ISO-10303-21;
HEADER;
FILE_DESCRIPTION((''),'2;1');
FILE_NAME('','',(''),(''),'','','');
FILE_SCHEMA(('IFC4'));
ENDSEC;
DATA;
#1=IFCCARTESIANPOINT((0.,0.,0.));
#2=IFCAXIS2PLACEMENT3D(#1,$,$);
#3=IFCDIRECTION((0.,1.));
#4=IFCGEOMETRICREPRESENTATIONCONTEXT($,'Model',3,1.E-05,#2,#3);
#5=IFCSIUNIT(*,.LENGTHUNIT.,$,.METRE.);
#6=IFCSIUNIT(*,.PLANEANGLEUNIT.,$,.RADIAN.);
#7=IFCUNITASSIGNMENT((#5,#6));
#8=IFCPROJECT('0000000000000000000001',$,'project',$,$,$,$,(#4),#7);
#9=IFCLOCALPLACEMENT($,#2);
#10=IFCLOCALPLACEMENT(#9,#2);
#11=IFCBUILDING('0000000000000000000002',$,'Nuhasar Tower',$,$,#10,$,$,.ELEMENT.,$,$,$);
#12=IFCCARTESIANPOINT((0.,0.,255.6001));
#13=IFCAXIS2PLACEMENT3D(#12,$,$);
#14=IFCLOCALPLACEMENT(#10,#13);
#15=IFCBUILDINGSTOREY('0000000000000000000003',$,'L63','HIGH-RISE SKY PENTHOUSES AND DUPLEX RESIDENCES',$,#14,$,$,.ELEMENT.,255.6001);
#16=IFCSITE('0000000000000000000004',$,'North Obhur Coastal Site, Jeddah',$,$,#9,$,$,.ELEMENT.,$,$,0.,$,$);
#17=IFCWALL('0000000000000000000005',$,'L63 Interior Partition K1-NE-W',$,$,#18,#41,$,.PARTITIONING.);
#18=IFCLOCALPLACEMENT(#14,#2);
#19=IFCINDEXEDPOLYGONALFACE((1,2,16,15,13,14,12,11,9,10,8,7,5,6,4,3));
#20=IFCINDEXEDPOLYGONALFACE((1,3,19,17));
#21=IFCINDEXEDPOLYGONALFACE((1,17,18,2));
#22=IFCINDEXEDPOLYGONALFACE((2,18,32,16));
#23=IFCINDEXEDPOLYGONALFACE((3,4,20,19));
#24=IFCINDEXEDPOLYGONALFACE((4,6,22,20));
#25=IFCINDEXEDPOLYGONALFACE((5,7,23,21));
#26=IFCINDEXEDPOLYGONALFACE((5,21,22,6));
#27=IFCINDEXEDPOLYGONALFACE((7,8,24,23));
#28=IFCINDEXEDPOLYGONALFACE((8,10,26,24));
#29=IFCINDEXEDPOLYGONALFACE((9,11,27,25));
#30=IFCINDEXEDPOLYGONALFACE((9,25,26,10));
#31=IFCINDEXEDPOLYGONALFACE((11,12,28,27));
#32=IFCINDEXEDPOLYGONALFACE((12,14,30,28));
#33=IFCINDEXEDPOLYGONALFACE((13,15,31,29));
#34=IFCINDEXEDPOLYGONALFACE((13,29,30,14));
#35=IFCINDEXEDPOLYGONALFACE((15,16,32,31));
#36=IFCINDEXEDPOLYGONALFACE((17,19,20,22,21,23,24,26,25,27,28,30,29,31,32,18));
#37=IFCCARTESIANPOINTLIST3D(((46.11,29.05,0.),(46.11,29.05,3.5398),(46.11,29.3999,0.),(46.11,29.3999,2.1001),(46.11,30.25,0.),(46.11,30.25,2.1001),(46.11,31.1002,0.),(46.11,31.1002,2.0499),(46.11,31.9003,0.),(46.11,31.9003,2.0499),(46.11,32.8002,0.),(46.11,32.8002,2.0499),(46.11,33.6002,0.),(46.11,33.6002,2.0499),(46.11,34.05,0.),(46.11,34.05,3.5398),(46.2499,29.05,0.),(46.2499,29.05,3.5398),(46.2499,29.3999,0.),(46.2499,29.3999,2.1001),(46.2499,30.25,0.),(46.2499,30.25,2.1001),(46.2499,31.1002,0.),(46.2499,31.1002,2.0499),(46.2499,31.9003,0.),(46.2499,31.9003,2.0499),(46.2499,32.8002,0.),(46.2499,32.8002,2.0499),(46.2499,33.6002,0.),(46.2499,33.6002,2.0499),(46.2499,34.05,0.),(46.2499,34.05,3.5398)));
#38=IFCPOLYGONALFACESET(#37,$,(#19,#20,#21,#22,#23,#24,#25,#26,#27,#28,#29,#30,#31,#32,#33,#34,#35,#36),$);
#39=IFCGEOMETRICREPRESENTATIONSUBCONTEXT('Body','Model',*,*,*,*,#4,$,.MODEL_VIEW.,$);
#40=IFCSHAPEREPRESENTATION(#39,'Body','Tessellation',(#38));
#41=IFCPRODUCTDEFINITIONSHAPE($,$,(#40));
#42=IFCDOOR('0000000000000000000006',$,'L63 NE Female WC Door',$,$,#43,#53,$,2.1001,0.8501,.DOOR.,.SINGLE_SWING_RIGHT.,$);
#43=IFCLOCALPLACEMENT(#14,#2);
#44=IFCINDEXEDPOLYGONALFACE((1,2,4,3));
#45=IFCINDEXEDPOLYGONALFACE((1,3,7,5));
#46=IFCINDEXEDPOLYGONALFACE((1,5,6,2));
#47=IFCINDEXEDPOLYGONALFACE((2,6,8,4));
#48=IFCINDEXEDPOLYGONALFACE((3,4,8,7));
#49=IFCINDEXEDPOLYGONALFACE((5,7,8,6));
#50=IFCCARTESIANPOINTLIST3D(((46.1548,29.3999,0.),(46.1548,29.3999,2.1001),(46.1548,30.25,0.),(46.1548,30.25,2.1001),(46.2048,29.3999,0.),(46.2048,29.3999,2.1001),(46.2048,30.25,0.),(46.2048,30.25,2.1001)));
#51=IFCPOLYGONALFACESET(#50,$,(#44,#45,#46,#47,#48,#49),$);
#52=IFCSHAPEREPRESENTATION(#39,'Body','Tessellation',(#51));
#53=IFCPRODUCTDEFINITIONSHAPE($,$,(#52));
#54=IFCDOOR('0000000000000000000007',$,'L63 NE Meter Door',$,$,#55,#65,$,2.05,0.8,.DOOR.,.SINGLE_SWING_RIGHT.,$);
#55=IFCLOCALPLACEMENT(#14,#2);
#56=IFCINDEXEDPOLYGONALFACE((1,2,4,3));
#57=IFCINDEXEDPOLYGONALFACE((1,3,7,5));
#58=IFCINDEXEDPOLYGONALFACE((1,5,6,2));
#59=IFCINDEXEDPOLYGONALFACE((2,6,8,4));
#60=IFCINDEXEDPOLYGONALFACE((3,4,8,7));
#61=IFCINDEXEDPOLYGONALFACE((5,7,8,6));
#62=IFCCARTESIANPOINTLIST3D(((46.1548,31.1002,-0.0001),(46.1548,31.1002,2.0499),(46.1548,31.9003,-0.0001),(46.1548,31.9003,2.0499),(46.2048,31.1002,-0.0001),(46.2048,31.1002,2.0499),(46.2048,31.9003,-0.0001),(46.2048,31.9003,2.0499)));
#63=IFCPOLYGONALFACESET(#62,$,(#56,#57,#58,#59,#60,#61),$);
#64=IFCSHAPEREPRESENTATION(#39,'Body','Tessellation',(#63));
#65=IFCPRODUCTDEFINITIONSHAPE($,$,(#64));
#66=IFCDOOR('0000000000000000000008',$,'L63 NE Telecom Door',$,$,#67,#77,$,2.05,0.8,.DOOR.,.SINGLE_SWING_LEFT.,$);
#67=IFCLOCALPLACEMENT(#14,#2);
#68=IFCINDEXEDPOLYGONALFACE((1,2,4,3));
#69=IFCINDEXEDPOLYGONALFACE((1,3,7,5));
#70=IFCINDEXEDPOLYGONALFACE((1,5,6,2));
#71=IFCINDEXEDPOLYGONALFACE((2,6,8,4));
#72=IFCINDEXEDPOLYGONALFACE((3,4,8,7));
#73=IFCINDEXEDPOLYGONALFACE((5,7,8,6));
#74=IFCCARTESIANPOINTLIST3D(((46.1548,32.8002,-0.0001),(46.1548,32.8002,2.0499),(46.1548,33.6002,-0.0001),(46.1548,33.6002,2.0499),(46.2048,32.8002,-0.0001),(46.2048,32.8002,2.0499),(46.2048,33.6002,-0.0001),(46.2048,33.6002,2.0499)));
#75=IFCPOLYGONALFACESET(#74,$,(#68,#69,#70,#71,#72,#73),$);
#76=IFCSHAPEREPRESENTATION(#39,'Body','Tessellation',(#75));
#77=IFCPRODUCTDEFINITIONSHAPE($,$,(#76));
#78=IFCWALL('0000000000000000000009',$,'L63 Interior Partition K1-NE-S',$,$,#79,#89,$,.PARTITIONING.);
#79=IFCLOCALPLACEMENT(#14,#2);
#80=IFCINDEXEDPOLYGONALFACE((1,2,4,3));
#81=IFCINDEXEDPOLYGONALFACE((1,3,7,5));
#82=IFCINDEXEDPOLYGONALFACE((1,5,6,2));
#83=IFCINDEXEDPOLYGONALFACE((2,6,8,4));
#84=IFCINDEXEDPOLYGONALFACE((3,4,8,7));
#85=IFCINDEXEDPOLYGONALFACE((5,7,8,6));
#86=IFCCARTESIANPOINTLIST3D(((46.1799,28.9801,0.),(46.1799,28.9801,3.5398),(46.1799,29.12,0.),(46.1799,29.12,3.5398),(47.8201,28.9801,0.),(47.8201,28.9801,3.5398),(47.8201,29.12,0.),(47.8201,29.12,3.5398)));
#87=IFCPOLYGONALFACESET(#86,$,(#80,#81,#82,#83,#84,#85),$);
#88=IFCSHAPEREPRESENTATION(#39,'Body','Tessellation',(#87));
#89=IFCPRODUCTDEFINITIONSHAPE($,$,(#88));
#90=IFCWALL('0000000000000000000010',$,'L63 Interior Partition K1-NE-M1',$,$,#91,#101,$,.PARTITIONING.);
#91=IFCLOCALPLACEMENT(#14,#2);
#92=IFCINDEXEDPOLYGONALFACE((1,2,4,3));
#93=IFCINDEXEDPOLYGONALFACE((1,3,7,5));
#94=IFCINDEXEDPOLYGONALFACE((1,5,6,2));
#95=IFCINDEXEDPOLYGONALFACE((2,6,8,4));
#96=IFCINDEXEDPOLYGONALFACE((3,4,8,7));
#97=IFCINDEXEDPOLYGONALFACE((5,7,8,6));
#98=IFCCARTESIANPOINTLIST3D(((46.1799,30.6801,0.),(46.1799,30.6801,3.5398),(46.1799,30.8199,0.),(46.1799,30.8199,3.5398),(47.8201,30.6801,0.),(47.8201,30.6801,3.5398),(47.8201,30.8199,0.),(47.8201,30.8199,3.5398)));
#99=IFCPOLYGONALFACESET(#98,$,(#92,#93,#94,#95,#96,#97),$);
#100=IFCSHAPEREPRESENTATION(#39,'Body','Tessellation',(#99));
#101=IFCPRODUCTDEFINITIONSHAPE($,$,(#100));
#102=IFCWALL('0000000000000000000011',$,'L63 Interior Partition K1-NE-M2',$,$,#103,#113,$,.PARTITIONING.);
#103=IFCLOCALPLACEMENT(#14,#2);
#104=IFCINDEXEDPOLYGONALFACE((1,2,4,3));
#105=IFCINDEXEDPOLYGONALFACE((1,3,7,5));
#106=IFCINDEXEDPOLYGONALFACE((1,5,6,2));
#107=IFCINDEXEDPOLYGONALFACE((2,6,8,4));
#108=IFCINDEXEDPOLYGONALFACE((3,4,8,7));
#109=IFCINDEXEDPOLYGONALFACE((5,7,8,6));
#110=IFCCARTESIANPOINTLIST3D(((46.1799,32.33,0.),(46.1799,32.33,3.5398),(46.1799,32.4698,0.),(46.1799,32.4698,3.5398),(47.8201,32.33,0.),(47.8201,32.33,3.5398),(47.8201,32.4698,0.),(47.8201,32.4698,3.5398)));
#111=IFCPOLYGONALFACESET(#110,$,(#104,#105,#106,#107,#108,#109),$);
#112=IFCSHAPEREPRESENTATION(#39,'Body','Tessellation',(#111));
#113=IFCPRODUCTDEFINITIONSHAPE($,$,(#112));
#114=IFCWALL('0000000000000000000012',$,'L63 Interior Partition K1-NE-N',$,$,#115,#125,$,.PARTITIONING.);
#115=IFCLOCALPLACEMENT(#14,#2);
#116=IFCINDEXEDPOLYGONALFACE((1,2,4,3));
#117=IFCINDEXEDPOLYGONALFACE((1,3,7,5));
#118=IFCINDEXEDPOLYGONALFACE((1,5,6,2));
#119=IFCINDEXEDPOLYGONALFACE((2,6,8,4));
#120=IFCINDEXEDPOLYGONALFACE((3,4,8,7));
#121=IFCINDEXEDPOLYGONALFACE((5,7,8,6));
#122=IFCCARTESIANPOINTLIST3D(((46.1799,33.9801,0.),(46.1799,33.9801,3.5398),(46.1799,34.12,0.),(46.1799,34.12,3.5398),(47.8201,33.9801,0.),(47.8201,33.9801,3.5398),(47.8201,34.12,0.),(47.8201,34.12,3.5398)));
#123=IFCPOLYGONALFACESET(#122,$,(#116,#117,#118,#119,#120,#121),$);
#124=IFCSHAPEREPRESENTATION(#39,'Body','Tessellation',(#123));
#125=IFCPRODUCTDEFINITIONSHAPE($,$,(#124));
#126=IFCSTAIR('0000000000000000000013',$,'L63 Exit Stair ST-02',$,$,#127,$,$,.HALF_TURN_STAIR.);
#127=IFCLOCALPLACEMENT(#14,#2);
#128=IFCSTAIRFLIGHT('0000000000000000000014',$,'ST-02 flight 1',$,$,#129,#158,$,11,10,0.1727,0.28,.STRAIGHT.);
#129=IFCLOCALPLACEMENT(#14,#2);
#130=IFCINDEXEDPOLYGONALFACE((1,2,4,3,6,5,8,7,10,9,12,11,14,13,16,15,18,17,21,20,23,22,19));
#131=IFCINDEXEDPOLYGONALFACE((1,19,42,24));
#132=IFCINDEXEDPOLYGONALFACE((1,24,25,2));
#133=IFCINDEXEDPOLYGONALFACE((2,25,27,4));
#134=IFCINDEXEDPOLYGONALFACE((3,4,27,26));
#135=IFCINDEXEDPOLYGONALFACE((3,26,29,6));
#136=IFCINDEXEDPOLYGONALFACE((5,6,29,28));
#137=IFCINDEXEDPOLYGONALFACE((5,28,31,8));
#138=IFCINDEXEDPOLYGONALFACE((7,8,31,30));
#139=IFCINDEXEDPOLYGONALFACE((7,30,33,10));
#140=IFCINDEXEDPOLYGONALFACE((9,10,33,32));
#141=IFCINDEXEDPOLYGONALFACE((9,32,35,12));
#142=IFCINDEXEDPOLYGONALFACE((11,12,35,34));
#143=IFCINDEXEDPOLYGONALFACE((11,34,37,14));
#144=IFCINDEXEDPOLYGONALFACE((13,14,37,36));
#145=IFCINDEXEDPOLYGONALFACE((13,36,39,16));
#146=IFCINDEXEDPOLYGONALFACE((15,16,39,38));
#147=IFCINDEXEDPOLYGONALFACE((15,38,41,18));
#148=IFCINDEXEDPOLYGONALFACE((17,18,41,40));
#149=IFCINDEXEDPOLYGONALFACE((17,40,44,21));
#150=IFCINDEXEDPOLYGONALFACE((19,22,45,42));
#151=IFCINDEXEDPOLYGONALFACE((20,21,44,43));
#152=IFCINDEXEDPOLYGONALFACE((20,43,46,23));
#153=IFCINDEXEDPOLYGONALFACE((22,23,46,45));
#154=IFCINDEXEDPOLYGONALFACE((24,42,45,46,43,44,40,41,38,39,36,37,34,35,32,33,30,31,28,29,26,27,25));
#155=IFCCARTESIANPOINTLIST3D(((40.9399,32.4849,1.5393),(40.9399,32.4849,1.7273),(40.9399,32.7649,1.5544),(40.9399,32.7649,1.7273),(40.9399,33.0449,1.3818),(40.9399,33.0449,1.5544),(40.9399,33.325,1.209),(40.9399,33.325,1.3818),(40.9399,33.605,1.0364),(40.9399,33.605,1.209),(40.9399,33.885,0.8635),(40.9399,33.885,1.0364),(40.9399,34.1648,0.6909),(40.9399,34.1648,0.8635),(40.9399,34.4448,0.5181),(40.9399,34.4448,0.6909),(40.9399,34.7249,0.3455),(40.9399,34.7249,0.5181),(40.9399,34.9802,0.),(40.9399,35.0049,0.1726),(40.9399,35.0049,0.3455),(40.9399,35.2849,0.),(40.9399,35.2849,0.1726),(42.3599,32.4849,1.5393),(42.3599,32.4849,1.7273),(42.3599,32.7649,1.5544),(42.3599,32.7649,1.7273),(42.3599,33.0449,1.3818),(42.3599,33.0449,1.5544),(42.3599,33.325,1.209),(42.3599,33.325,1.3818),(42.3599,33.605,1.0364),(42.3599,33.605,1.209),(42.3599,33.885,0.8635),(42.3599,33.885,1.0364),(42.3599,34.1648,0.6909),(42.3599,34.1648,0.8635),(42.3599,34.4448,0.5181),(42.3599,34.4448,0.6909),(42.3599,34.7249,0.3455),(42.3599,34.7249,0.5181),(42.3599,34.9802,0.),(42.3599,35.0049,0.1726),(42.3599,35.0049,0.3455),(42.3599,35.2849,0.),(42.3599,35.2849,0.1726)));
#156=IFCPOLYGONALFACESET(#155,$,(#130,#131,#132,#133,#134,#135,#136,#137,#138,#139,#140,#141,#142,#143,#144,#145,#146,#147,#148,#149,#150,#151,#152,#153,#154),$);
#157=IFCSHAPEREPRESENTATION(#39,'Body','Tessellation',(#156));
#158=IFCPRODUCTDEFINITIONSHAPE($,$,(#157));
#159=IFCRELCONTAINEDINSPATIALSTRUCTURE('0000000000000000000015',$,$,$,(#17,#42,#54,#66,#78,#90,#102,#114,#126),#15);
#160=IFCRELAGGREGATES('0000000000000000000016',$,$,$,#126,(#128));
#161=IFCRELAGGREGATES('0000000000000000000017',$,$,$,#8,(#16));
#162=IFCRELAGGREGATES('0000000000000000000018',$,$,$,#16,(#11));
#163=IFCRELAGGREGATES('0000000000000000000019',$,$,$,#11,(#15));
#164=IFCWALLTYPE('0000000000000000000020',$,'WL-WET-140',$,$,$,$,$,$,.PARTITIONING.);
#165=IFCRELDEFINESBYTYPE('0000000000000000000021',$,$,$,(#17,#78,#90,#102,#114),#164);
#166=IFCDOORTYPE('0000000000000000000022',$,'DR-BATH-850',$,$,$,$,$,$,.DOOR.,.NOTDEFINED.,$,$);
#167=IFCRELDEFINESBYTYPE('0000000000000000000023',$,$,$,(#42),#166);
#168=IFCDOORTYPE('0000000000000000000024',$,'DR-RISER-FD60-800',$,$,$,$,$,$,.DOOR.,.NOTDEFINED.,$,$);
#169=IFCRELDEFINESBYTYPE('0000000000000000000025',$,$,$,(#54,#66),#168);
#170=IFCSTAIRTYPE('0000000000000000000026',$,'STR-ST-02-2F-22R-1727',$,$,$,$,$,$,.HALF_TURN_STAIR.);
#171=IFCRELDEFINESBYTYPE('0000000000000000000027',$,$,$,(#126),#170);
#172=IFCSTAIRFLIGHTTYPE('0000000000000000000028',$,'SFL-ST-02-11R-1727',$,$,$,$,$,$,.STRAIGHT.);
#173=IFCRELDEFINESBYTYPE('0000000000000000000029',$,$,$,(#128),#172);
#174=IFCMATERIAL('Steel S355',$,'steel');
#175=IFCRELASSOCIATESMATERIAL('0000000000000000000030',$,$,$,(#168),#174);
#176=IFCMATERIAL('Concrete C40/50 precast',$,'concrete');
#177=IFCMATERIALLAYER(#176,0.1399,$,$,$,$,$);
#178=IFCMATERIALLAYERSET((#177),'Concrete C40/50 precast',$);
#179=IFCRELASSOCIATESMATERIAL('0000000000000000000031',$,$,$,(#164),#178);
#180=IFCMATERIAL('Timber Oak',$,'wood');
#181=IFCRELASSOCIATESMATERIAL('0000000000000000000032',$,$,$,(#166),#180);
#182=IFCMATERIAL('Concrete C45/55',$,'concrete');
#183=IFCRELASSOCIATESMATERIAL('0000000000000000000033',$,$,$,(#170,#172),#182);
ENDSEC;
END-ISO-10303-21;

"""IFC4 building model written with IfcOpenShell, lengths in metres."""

from ifc_helpers import new_model, si_unit, direction, frame, frame_2d, origin, place, context, subcontext, project, spatial, polyline, rectangle, outline, extrude, material, layer, layer_set, type_object, element, fill, aggregate, save


model = new_model("IFC4")

# Units and contexts
model_context = context("Model", 3, precision=1e-05, world=origin(), true_north=direction((0.0, 1.0)))
body_context = subcontext(model_context, "Body", "Model", "MODEL_VIEW")
ifc_project = project(units=[si_unit("LENGTHUNIT", "METRE"), si_unit("PLANEANGLEUNIT", "RADIAN")], contexts=[model_context])

# Site, building, storey
site_placement = place(None, origin())
site = spatial("IfcSite", under=ifc_project, at=site_placement, Name="North Obhur Coastal Site, Jeddah", CompositionType="ELEMENT", RefElevation=0.0)
building_placement = place(site_placement, origin())
building = spatial("IfcBuilding", under=site, at=building_placement, Name="Nuhasar Tower", CompositionType="ELEMENT")
storey_placement = place(building_placement, frame((0.0, 0.0, 255.6001)))
storey = spatial("IfcBuildingStorey", under=building, at=storey_placement, Name="L63", Description="HIGH-RISE SKY PENTHOUSES AND DUPLEX RESIDENCES", CompositionType="ELEMENT", Elevation=255.6001)

# Shared definitions
ifc_material_1 = material(Name="Steel S355", Category="steel")

# Shared definitions
ifc_material_2 = material(Name="Concrete C45/55", Category="concrete")

# Shared definitions
door_type_1 = type_object("IfcDoorType", Name="DR-RISER-FD60-800", OperationType="NOTDEFINED", PredefinedType="DOOR", material=ifc_material_1)

# Shared definitions
ifc_material_3 = material(Name="Concrete C40/50 precast", Category="concrete")
ifc_layer_1 = layer(ifc_material_3, 0.1399)
ifc_layer_set_1 = layer_set([ifc_layer_1], Name="Concrete C40/50 precast")
wall_type_1 = type_object("IfcWallType", Name="WL-WET-140", PredefinedType="PARTITIONING", material=ifc_layer_set_1)

# Wall, openings, doors
wall_1_placement = place(storey_placement, frame((46.1799, 34.05, 0.0), z_axis=(0.0, 0.0, 1.0), x_axis=(0.0, -1.0, 0.0)))
wall_1 = element("IfcWall", 1, at=wall_1_placement, inside=storey, type_object=wall_type_1, Name="L63 Interior Partition K1-NE-W", PredefinedType="PARTITIONING", context=body_context, shape_type="SweptSolid", body=[
    extrude(rectangle(XDim=5.0, YDim=0.1399, at=frame_2d((2.5, 0.0))), origin(), (0.0, 0.0, 1.0), 3.5398),
])
opening_1_placement = place(wall_1_placement, frame((3.8, 0.0, 0.0)))
opening_1 = element("IfcOpeningElement", 2, at=opening_1_placement, cuts=wall_1, PredefinedType="OPENING", context=body_context, shape_type="SweptSolid", body=[
    extrude(rectangle(XDim=0.8501, YDim=2.1001, at=frame_2d((0.425, 1.05))), frame((0.0, 0.0801, 0.0), z_axis=(0.0, -1.0, 0.0), x_axis=(1.0, 0.0, 0.0)), (0.0, 0.0, 1.0), 0.1599),
])
opening_2_placement = place(wall_1_placement, frame((2.1499, 0.0, 0.0)))
opening_2 = element("IfcOpeningElement", 3, at=opening_2_placement, cuts=wall_1, PredefinedType="OPENING", context=body_context, shape_type="SweptSolid", body=[
    extrude(rectangle(XDim=0.8, YDim=2.05, at=frame_2d((0.3999, 1.0249))), frame((0.0, 0.0801, 0.0), z_axis=(0.0, -1.0, 0.0), x_axis=(1.0, 0.0, 0.0)), (0.0, 0.0, 1.0), 0.1599),
])
opening_3_placement = place(wall_1_placement, frame((0.45, 0.0, 0.0)))
opening_3 = element("IfcOpeningElement", 4, at=opening_3_placement, cuts=wall_1, PredefinedType="OPENING", context=body_context, shape_type="SweptSolid", body=[
    extrude(rectangle(XDim=0.8, YDim=2.05, at=frame_2d((0.3999, 1.0249))), frame((0.0, 0.0801, 0.0), z_axis=(0.0, -1.0, 0.0), x_axis=(1.0, 0.0, 0.0)), (0.0, 0.0, 1.0), 0.1599),
])
ifc_material_4 = material(Name="Timber Oak", Category="wood")
door_type_2 = type_object("IfcDoorType", Name="DR-BATH-850", OperationType="NOTDEFINED", PredefinedType="DOOR", material=ifc_material_4)
door_1_placement = place(opening_1_placement, origin())
door_1 = element("IfcDoor", 5, at=door_1_placement, inside=storey, type_object=door_type_2, Name="L63 NE Female WC Door", OperationType="SINGLE_SWING_RIGHT", OverallHeight=2.1001, OverallWidth=0.8501, PredefinedType="DOOR", context=body_context, shape_type="SweptSolid", body=[
    extrude(rectangle(XDim=0.8501, YDim=2.1001, at=frame_2d((0.425, 1.05))), frame((0.0, 0.0249, 0.0), z_axis=(0.0, -1.0, 0.0), x_axis=(1.0, 0.0, 0.0)), (0.0, 0.0, 1.0), 0.05),
])
fill(opening_1, door_1)
door_2_placement = place(opening_2_placement, origin())
door_2 = element("IfcDoor", 6, at=door_2_placement, inside=storey, type_object=door_type_1, Name="L63 NE Meter Door", OperationType="SINGLE_SWING_RIGHT", OverallHeight=2.05, OverallWidth=0.8, PredefinedType="DOOR", context=body_context, shape_type="SweptSolid", body=[
    extrude(rectangle(XDim=0.8, YDim=2.05, at=frame_2d((0.3999, 1.0249))), frame((0.0, 0.0249, 0.0), z_axis=(0.0, -1.0, 0.0), x_axis=(1.0, 0.0, 0.0)), (0.0, 0.0, 1.0), 0.05),
])
fill(opening_2, door_2)
door_3_placement = place(opening_3_placement, origin())
door_3 = element("IfcDoor", 7, at=door_3_placement, inside=storey, type_object=door_type_1, Name="L63 NE Telecom Door", OperationType="SINGLE_SWING_LEFT", OverallHeight=2.05, OverallWidth=0.8, PredefinedType="DOOR", context=body_context, shape_type="SweptSolid", body=[
    extrude(rectangle(XDim=0.8, YDim=2.05, at=frame_2d((0.3999, 1.0249))), frame((0.0, 0.0249, 0.0), z_axis=(0.0, -1.0, 0.0), x_axis=(1.0, 0.0, 0.0)), (0.0, 0.0, 1.0), 0.05),
])
fill(opening_3, door_3)

# Walls
for number, where, z_axis, x_axis, name in (
    (8, (46.1799, 29.05, 0.0), (0.0, 0.0, 1.0), (1.0, 0.0, 0.0), "L63 Interior Partition K1-NE-S"),
    (9, (46.1799, 30.75, 0.0), (0.0, 0.0, 1.0), (1.0, 0.0, 0.0), "L63 Interior Partition K1-NE-M1"),
    (10, (46.1799, 32.3999, 0.0), (0.0, 0.0, 1.0), (1.0, 0.0, 0.0), "L63 Interior Partition K1-NE-M2"),
    (11, (46.1799, 34.05, 0.0), (0.0, 0.0, 1.0), (1.0, 0.0, 0.0), "L63 Interior Partition K1-NE-N"),
):
    element("IfcWall", number, at=place(storey_placement, frame(where, z_axis=z_axis, x_axis=x_axis)), inside=storey, type_object=wall_type_1, Name=name, PredefinedType="PARTITIONING", context=body_context, shape_type="SweptSolid", body=[
        extrude(rectangle(XDim=1.6401, YDim=0.1399, at=frame_2d((0.8201, 0.0))), origin(), (0.0, 0.0, 1.0), 3.5398),
    ])

# Stair, stair flight
stair_type_1 = type_object("IfcStairType", Name="STR-ST-02-2F-22R-1727", PredefinedType="HALF_TURN_STAIR", material=ifc_material_2)
stair_1_placement = place(storey_placement, origin())
stair_1 = element("IfcStair", 12, at=stair_1_placement, inside=storey, type_object=stair_type_1, Name="L63 Exit Stair ST-02", PredefinedType="HALF_TURN_STAIR")
stair_flight_type_1 = type_object("IfcStairFlightType", Name="SFL-ST-02-11R-1727", PredefinedType="STRAIGHT", material=ifc_material_2)
stair_flight_1_placement = place(storey_placement, frame((41.6499, 35.2849, 0.0), z_axis=(0.0, 0.0, 1.0), x_axis=(0.0, -1.0, 0.0)))
stair_flight_1 = element("IfcStairFlight", 13, at=stair_flight_1_placement, type_object=stair_flight_type_1, Name="ST-02 flight 1", NumberOfRisers=11, NumberOfTreads=10, PredefinedType="STRAIGHT", RiserHeight=0.1727, TreadLength=0.28, context=body_context, shape_type="SweptSolid", body=[
    extrude(outline(polyline([(0.0, 0.0), (0.0, 0.1726), (0.28, 0.1726), (0.28, 0.3455), (0.5601, 0.3455), (0.5601, 0.5181), (0.8401, 0.5181), (0.8401, 0.6909), (1.1201, 0.6909), (1.1201, 0.8635), (1.3999, 0.8635), (1.3999, 1.0364), (1.6799, 1.0364), (1.6799, 1.209), (1.96, 1.209), (1.96, 1.3818), (2.24, 1.3818), (2.24, 1.5544), (2.52, 1.5544), (2.52, 1.7273), (2.8, 1.7273), (2.8, 1.8999), (2.8, 1.5393), (0.3047, 0.0), (0.0, 0.0)])), frame((0.0, 0.71, 0.0), z_axis=(0.0, -1.0, 0.0), x_axis=(1.0, 0.0, 0.0)), (0.0, 0.0, 1.0), 1.4199),
])
aggregate(stair_1, [stair_flight_1])

save(model, "model.ifc")
